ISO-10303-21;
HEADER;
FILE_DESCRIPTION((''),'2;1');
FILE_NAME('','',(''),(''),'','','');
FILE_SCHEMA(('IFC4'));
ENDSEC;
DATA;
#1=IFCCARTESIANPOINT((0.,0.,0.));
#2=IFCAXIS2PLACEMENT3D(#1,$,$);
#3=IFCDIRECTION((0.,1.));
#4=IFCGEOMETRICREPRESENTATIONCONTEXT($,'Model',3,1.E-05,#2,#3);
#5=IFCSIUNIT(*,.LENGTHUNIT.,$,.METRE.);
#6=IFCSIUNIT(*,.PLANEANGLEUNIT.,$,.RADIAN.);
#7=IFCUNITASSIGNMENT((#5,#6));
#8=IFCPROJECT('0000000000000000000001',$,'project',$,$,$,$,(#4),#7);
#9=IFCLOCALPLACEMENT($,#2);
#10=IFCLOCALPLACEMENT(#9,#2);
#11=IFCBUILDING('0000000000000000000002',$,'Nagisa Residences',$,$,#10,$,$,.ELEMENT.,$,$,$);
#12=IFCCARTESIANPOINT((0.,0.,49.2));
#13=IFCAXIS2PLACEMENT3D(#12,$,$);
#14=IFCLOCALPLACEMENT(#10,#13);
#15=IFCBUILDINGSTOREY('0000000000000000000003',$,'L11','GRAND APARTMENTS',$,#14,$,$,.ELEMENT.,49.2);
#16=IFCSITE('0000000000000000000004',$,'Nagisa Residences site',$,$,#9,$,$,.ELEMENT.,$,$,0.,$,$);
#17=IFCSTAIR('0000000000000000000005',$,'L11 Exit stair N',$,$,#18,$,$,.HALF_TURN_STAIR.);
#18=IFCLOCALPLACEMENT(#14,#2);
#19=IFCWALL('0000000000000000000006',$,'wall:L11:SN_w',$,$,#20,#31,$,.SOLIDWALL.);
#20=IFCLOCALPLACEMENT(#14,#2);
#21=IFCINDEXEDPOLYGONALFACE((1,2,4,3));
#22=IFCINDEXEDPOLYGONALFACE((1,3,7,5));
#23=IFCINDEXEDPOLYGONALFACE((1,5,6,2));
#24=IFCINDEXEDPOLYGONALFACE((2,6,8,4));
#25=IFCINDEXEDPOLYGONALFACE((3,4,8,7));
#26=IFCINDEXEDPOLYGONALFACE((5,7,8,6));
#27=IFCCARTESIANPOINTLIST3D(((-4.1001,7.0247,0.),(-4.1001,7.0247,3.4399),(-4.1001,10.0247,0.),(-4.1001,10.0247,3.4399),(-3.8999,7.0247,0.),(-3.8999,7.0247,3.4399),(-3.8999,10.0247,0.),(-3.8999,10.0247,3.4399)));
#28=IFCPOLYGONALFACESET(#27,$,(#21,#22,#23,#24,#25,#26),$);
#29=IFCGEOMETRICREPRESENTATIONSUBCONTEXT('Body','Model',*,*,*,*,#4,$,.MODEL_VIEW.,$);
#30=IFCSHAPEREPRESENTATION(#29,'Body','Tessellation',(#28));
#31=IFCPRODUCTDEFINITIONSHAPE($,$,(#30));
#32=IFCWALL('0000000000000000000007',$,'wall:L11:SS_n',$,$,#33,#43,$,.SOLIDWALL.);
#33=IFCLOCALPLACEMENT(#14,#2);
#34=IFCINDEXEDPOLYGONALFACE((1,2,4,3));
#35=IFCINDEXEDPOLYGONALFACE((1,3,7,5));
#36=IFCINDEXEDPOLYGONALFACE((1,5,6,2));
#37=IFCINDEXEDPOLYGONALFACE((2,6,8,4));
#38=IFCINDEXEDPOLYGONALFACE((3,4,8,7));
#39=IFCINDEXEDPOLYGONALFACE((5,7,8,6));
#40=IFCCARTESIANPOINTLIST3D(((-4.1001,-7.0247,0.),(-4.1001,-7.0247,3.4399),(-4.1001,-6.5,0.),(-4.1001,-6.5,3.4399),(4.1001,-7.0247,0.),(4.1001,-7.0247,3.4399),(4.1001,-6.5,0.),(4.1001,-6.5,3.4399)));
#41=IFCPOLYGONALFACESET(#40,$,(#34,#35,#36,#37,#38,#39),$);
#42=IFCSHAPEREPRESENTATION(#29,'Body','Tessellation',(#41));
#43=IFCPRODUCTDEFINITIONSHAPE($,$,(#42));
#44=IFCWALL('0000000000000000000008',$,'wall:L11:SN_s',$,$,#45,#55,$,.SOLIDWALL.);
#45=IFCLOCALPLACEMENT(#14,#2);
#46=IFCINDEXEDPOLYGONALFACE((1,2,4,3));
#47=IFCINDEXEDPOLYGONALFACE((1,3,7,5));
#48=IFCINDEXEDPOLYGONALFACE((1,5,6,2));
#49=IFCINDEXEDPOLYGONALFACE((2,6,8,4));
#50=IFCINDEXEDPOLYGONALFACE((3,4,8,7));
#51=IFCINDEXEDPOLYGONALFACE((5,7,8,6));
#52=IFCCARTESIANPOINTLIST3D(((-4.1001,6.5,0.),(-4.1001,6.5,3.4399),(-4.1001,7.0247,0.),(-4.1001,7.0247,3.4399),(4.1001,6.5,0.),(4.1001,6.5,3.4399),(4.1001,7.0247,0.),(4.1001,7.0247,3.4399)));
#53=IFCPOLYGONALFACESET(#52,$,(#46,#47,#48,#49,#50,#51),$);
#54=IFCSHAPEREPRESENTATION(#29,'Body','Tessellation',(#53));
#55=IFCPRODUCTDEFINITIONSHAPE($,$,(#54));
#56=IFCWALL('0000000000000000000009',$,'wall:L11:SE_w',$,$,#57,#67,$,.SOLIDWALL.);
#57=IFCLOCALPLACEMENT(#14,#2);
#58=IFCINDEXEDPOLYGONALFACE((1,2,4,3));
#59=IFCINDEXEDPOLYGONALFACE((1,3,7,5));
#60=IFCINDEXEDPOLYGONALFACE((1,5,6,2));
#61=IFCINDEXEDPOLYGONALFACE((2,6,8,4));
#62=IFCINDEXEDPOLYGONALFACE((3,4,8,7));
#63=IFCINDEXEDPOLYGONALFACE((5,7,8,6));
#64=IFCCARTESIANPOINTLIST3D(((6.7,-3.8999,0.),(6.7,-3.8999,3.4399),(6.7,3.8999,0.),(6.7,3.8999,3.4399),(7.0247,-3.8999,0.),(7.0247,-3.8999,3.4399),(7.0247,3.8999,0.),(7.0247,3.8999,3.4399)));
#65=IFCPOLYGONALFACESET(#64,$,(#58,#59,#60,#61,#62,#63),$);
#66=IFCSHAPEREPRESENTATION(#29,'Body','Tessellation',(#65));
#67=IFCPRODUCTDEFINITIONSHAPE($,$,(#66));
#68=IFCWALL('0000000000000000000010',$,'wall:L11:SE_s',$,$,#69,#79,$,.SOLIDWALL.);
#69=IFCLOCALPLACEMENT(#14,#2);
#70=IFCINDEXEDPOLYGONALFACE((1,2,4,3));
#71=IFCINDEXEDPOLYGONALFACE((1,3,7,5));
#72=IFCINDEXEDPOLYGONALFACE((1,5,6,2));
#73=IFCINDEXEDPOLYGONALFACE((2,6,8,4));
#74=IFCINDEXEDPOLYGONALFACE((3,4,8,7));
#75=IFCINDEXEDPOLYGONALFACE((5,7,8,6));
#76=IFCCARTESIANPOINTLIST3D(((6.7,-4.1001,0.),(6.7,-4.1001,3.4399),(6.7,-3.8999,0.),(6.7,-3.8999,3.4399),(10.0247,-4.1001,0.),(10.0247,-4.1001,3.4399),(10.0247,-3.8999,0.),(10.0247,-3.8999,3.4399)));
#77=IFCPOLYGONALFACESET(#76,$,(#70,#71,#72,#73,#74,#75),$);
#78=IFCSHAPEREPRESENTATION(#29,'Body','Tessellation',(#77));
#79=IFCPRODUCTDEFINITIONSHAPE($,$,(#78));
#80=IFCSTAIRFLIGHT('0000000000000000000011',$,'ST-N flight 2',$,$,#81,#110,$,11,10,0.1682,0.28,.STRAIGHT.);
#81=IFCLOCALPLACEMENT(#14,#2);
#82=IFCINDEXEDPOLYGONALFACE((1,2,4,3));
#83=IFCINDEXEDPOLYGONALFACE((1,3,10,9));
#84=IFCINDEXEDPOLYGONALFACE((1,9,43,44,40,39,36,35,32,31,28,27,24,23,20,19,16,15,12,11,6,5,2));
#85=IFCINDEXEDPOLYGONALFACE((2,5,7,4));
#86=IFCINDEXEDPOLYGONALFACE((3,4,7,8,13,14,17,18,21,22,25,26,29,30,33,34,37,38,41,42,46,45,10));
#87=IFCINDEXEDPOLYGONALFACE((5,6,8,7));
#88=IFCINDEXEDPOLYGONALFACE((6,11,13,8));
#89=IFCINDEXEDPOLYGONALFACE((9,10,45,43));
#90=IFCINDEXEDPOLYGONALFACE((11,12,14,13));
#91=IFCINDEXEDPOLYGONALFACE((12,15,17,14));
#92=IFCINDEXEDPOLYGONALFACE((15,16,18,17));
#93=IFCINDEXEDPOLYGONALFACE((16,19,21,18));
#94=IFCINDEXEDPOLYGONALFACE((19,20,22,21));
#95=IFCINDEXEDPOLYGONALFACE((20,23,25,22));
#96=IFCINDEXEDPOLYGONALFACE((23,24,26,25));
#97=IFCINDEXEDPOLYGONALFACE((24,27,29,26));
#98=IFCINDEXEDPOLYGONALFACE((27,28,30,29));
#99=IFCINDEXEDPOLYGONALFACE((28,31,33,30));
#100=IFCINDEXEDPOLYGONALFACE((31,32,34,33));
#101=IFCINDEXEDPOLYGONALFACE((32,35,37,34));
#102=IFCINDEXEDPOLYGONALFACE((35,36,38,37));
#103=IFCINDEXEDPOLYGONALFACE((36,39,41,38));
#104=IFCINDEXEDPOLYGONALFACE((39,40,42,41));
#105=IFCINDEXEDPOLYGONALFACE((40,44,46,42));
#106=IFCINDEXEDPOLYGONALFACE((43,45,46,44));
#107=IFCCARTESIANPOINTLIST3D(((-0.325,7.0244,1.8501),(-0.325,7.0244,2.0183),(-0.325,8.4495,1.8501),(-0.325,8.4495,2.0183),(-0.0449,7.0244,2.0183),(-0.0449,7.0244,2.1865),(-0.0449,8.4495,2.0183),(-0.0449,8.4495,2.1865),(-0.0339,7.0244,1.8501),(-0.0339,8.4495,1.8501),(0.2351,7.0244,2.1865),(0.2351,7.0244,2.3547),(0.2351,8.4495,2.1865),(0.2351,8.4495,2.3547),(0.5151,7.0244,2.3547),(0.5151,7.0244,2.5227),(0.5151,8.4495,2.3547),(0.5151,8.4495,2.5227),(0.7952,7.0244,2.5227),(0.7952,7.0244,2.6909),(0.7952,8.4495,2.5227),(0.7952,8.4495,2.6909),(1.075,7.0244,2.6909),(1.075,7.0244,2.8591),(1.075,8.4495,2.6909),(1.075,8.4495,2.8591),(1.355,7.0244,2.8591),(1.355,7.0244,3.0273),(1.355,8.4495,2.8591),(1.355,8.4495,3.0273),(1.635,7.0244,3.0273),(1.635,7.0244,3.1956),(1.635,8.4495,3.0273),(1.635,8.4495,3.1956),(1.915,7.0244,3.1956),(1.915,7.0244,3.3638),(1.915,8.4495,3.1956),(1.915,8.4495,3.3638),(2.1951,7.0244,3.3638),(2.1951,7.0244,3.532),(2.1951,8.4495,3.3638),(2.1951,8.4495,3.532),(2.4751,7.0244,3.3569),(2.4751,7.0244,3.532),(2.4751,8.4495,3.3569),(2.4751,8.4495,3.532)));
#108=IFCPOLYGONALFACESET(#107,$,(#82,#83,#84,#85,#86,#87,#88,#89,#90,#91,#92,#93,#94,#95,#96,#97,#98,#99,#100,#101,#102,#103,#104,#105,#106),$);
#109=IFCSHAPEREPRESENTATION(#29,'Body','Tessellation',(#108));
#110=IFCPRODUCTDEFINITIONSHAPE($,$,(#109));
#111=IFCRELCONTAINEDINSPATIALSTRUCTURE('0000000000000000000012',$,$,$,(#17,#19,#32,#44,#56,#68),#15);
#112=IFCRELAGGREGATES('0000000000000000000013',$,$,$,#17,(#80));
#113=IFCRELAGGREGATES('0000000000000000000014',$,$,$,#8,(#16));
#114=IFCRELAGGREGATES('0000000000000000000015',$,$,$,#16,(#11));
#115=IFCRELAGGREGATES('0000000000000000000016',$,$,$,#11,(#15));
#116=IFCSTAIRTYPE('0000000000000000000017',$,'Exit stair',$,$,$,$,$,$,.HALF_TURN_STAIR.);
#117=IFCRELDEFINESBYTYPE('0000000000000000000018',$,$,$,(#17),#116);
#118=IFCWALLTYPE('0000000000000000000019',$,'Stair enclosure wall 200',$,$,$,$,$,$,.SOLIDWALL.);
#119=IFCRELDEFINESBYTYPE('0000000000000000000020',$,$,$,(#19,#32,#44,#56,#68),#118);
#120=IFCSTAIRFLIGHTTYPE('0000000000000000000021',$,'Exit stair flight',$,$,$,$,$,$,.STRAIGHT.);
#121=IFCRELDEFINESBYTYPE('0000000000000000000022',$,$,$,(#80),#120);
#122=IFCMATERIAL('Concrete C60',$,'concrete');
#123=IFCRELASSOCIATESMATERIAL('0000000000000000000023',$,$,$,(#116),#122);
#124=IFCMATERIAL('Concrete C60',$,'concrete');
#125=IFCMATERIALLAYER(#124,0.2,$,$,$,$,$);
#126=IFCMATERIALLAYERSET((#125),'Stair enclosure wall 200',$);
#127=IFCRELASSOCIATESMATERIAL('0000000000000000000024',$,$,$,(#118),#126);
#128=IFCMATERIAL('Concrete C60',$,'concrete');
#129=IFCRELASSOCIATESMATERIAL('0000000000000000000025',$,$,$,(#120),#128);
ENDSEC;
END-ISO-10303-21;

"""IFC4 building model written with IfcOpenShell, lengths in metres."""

from ifc_helpers import new_model, si_unit, direction, frame, origin, place, context, subcontext, project, spatial, polyline, outline, extrude, material, layer, layer_set, type_object, element, aggregate, save


model = new_model("IFC4")

# Units and contexts
model_context = context("Model", 3, precision=1e-05, world=origin(), true_north=direction((0.0, 1.0)))
body_context = subcontext(model_context, "Body", "Model", "MODEL_VIEW")
ifc_project = project(units=[si_unit("LENGTHUNIT", "METRE"), si_unit("PLANEANGLEUNIT", "RADIAN")], contexts=[model_context])

# Site, building, storey
site_placement = place(None, origin())
site = spatial("IfcSite", under=ifc_project, at=site_placement, Name="Nagisa Residences site", CompositionType="ELEMENT", RefElevation=0.0)
building_placement = place(site_placement, origin())
building = spatial("IfcBuilding", under=site, at=building_placement, Name="Nagisa Residences", CompositionType="ELEMENT")
storey_placement = place(building_placement, frame((0.0, 0.0, 49.2)))
storey = spatial("IfcBuildingStorey", under=building, at=storey_placement, Name="L11", Description="GRAND APARTMENTS", CompositionType="ELEMENT", Elevation=49.2)

# Stair
ifc_material_1 = material(Name="Concrete C60", Category="concrete")
stair_type = type_object("IfcStairType", Name="Exit stair", PredefinedType="HALF_TURN_STAIR", material=ifc_material_1)
stair_1_placement = place(storey_placement, origin())
stair_1 = element("IfcStair", 1, at=stair_1_placement, inside=storey, type_object=stair_type, Name="L11 Exit stair N", PredefinedType="HALF_TURN_STAIR")

# Walls
ifc_material_2 = material(Name="Concrete C60", Category="concrete")
ifc_layer_1 = layer(ifc_material_2, 0.2)
ifc_layer_set_1 = layer_set([ifc_layer_1], Name="Stair enclosure wall 200")
wall_type_1 = type_object("IfcWallType", Name="Stair enclosure wall 200", PredefinedType="SOLIDWALL", material=ifc_layer_set_1)
wall_1_placement = place(storey_placement, origin())
element("IfcWall", 2, at=wall_1_placement, inside=storey, type_object=wall_type_1, Name="wall:L11:SN_w", PredefinedType="SOLIDWALL", context=body_context, shape_type="SweptSolid", body=[
    extrude(outline(polyline([(-3.8999, 7.0247), (-4.1001, 7.0247), (-4.1001, 10.0247), (-3.8999, 10.0247), (-3.8999, 7.0247)])), origin(), (0.0, 0.0, 1.0), 3.4399),
])
wall_2_placement = place(storey_placement, origin())
element("IfcWall", 3, at=wall_2_placement, inside=storey, type_object=wall_type_1, Name="wall:L11:SS_n", PredefinedType="SOLIDWALL", context=body_context, shape_type="SweptSolid", body=[
    extrude(outline(polyline([(4.1001, -7.0247), (-4.1001, -7.0247), (-4.1001, -6.5), (4.1001, -6.5), (4.1001, -7.0247)])), origin(), (0.0, 0.0, 1.0), 3.4399),
])
wall_3_placement = place(storey_placement, origin())
element("IfcWall", 4, at=wall_3_placement, inside=storey, type_object=wall_type_1, Name="wall:L11:SN_s", PredefinedType="SOLIDWALL", context=body_context, shape_type="SweptSolid", body=[
    extrude(outline(polyline([(4.1001, 6.5), (-4.1001, 6.5), (-4.1001, 7.0247), (4.1001, 7.0247), (4.1001, 6.5)])), origin(), (0.0, 0.0, 1.0), 3.4399),
])
wall_4_placement = place(storey_placement, origin())
element("IfcWall", 5, at=wall_4_placement, inside=storey, type_object=wall_type_1, Name="wall:L11:SE_w", PredefinedType="SOLIDWALL", context=body_context, shape_type="SweptSolid", body=[
    extrude(outline(polyline([(7.0247, -3.8999), (6.7, -3.8999), (6.7, 3.8999), (7.0247, 3.8999), (7.0247, -3.8999)])), origin(), (0.0, 0.0, 1.0), 3.4399),
])
wall_5_placement = place(storey_placement, origin())
element("IfcWall", 6, at=wall_5_placement, inside=storey, type_object=wall_type_1, Name="wall:L11:SE_s", PredefinedType="SOLIDWALL", context=body_context, shape_type="SweptSolid", body=[
    extrude(outline(polyline([(10.0247, -4.1001), (6.7, -4.1001), (6.7, -3.8999), (10.0247, -3.8999), (10.0247, -4.1001)])), origin(), (0.0, 0.0, 1.0), 3.4399),
])

# Stair flight
ifc_material_3 = material(Name="Concrete C60", Category="concrete")
stair_flight_type = type_object("IfcStairFlightType", Name="Exit stair flight", PredefinedType="STRAIGHT", material=ifc_material_3)
stair_flight_placement = place(storey_placement, frame((-0.325, 7.7371, 1.8501), z_axis=(0.0, 0.0, 1.0), x_axis=(1.0, 0.0, 0.0)))
stair_flight = element("IfcStairFlight", 7, at=stair_flight_placement, type_object=stair_flight_type, Name="ST-N flight 2", NumberOfRisers=11, NumberOfTreads=10, PredefinedType="STRAIGHT", RiserHeight=0.1682, TreadLength=0.28, context=body_context, shape_type="SweptSolid", body=[
    extrude(outline(polyline([(0.0, 0.0), (0.0, 0.1682), (0.28, 0.1682), (0.28, 0.3364), (0.5601, 0.3364), (0.5601, 0.5046), (0.8401, 0.5046), (0.8401, 0.6726), (1.1201, 0.6726), (1.1201, 0.8408), (1.3999, 0.8408), (1.3999, 1.009), (1.6799, 1.009), (1.6799, 1.1772), (1.96, 1.1772), (1.96, 1.3455), (2.24, 1.3455), (2.24, 1.5137), (2.52, 1.5137), (2.52, 1.6819), (2.8, 1.6819), (2.8, 1.8501), (2.8, 1.5068), (0.291, 0.0), (0.0, 0.0)])), frame((0.0, 0.7124, 0.0), z_axis=(0.0, -1.0, 0.0), x_axis=(1.0, 0.0, 0.0)), (0.0, 0.0, 1.0), 1.425),
])
aggregate(stair_1, [stair_flight])

save(model, "model.ifc")
